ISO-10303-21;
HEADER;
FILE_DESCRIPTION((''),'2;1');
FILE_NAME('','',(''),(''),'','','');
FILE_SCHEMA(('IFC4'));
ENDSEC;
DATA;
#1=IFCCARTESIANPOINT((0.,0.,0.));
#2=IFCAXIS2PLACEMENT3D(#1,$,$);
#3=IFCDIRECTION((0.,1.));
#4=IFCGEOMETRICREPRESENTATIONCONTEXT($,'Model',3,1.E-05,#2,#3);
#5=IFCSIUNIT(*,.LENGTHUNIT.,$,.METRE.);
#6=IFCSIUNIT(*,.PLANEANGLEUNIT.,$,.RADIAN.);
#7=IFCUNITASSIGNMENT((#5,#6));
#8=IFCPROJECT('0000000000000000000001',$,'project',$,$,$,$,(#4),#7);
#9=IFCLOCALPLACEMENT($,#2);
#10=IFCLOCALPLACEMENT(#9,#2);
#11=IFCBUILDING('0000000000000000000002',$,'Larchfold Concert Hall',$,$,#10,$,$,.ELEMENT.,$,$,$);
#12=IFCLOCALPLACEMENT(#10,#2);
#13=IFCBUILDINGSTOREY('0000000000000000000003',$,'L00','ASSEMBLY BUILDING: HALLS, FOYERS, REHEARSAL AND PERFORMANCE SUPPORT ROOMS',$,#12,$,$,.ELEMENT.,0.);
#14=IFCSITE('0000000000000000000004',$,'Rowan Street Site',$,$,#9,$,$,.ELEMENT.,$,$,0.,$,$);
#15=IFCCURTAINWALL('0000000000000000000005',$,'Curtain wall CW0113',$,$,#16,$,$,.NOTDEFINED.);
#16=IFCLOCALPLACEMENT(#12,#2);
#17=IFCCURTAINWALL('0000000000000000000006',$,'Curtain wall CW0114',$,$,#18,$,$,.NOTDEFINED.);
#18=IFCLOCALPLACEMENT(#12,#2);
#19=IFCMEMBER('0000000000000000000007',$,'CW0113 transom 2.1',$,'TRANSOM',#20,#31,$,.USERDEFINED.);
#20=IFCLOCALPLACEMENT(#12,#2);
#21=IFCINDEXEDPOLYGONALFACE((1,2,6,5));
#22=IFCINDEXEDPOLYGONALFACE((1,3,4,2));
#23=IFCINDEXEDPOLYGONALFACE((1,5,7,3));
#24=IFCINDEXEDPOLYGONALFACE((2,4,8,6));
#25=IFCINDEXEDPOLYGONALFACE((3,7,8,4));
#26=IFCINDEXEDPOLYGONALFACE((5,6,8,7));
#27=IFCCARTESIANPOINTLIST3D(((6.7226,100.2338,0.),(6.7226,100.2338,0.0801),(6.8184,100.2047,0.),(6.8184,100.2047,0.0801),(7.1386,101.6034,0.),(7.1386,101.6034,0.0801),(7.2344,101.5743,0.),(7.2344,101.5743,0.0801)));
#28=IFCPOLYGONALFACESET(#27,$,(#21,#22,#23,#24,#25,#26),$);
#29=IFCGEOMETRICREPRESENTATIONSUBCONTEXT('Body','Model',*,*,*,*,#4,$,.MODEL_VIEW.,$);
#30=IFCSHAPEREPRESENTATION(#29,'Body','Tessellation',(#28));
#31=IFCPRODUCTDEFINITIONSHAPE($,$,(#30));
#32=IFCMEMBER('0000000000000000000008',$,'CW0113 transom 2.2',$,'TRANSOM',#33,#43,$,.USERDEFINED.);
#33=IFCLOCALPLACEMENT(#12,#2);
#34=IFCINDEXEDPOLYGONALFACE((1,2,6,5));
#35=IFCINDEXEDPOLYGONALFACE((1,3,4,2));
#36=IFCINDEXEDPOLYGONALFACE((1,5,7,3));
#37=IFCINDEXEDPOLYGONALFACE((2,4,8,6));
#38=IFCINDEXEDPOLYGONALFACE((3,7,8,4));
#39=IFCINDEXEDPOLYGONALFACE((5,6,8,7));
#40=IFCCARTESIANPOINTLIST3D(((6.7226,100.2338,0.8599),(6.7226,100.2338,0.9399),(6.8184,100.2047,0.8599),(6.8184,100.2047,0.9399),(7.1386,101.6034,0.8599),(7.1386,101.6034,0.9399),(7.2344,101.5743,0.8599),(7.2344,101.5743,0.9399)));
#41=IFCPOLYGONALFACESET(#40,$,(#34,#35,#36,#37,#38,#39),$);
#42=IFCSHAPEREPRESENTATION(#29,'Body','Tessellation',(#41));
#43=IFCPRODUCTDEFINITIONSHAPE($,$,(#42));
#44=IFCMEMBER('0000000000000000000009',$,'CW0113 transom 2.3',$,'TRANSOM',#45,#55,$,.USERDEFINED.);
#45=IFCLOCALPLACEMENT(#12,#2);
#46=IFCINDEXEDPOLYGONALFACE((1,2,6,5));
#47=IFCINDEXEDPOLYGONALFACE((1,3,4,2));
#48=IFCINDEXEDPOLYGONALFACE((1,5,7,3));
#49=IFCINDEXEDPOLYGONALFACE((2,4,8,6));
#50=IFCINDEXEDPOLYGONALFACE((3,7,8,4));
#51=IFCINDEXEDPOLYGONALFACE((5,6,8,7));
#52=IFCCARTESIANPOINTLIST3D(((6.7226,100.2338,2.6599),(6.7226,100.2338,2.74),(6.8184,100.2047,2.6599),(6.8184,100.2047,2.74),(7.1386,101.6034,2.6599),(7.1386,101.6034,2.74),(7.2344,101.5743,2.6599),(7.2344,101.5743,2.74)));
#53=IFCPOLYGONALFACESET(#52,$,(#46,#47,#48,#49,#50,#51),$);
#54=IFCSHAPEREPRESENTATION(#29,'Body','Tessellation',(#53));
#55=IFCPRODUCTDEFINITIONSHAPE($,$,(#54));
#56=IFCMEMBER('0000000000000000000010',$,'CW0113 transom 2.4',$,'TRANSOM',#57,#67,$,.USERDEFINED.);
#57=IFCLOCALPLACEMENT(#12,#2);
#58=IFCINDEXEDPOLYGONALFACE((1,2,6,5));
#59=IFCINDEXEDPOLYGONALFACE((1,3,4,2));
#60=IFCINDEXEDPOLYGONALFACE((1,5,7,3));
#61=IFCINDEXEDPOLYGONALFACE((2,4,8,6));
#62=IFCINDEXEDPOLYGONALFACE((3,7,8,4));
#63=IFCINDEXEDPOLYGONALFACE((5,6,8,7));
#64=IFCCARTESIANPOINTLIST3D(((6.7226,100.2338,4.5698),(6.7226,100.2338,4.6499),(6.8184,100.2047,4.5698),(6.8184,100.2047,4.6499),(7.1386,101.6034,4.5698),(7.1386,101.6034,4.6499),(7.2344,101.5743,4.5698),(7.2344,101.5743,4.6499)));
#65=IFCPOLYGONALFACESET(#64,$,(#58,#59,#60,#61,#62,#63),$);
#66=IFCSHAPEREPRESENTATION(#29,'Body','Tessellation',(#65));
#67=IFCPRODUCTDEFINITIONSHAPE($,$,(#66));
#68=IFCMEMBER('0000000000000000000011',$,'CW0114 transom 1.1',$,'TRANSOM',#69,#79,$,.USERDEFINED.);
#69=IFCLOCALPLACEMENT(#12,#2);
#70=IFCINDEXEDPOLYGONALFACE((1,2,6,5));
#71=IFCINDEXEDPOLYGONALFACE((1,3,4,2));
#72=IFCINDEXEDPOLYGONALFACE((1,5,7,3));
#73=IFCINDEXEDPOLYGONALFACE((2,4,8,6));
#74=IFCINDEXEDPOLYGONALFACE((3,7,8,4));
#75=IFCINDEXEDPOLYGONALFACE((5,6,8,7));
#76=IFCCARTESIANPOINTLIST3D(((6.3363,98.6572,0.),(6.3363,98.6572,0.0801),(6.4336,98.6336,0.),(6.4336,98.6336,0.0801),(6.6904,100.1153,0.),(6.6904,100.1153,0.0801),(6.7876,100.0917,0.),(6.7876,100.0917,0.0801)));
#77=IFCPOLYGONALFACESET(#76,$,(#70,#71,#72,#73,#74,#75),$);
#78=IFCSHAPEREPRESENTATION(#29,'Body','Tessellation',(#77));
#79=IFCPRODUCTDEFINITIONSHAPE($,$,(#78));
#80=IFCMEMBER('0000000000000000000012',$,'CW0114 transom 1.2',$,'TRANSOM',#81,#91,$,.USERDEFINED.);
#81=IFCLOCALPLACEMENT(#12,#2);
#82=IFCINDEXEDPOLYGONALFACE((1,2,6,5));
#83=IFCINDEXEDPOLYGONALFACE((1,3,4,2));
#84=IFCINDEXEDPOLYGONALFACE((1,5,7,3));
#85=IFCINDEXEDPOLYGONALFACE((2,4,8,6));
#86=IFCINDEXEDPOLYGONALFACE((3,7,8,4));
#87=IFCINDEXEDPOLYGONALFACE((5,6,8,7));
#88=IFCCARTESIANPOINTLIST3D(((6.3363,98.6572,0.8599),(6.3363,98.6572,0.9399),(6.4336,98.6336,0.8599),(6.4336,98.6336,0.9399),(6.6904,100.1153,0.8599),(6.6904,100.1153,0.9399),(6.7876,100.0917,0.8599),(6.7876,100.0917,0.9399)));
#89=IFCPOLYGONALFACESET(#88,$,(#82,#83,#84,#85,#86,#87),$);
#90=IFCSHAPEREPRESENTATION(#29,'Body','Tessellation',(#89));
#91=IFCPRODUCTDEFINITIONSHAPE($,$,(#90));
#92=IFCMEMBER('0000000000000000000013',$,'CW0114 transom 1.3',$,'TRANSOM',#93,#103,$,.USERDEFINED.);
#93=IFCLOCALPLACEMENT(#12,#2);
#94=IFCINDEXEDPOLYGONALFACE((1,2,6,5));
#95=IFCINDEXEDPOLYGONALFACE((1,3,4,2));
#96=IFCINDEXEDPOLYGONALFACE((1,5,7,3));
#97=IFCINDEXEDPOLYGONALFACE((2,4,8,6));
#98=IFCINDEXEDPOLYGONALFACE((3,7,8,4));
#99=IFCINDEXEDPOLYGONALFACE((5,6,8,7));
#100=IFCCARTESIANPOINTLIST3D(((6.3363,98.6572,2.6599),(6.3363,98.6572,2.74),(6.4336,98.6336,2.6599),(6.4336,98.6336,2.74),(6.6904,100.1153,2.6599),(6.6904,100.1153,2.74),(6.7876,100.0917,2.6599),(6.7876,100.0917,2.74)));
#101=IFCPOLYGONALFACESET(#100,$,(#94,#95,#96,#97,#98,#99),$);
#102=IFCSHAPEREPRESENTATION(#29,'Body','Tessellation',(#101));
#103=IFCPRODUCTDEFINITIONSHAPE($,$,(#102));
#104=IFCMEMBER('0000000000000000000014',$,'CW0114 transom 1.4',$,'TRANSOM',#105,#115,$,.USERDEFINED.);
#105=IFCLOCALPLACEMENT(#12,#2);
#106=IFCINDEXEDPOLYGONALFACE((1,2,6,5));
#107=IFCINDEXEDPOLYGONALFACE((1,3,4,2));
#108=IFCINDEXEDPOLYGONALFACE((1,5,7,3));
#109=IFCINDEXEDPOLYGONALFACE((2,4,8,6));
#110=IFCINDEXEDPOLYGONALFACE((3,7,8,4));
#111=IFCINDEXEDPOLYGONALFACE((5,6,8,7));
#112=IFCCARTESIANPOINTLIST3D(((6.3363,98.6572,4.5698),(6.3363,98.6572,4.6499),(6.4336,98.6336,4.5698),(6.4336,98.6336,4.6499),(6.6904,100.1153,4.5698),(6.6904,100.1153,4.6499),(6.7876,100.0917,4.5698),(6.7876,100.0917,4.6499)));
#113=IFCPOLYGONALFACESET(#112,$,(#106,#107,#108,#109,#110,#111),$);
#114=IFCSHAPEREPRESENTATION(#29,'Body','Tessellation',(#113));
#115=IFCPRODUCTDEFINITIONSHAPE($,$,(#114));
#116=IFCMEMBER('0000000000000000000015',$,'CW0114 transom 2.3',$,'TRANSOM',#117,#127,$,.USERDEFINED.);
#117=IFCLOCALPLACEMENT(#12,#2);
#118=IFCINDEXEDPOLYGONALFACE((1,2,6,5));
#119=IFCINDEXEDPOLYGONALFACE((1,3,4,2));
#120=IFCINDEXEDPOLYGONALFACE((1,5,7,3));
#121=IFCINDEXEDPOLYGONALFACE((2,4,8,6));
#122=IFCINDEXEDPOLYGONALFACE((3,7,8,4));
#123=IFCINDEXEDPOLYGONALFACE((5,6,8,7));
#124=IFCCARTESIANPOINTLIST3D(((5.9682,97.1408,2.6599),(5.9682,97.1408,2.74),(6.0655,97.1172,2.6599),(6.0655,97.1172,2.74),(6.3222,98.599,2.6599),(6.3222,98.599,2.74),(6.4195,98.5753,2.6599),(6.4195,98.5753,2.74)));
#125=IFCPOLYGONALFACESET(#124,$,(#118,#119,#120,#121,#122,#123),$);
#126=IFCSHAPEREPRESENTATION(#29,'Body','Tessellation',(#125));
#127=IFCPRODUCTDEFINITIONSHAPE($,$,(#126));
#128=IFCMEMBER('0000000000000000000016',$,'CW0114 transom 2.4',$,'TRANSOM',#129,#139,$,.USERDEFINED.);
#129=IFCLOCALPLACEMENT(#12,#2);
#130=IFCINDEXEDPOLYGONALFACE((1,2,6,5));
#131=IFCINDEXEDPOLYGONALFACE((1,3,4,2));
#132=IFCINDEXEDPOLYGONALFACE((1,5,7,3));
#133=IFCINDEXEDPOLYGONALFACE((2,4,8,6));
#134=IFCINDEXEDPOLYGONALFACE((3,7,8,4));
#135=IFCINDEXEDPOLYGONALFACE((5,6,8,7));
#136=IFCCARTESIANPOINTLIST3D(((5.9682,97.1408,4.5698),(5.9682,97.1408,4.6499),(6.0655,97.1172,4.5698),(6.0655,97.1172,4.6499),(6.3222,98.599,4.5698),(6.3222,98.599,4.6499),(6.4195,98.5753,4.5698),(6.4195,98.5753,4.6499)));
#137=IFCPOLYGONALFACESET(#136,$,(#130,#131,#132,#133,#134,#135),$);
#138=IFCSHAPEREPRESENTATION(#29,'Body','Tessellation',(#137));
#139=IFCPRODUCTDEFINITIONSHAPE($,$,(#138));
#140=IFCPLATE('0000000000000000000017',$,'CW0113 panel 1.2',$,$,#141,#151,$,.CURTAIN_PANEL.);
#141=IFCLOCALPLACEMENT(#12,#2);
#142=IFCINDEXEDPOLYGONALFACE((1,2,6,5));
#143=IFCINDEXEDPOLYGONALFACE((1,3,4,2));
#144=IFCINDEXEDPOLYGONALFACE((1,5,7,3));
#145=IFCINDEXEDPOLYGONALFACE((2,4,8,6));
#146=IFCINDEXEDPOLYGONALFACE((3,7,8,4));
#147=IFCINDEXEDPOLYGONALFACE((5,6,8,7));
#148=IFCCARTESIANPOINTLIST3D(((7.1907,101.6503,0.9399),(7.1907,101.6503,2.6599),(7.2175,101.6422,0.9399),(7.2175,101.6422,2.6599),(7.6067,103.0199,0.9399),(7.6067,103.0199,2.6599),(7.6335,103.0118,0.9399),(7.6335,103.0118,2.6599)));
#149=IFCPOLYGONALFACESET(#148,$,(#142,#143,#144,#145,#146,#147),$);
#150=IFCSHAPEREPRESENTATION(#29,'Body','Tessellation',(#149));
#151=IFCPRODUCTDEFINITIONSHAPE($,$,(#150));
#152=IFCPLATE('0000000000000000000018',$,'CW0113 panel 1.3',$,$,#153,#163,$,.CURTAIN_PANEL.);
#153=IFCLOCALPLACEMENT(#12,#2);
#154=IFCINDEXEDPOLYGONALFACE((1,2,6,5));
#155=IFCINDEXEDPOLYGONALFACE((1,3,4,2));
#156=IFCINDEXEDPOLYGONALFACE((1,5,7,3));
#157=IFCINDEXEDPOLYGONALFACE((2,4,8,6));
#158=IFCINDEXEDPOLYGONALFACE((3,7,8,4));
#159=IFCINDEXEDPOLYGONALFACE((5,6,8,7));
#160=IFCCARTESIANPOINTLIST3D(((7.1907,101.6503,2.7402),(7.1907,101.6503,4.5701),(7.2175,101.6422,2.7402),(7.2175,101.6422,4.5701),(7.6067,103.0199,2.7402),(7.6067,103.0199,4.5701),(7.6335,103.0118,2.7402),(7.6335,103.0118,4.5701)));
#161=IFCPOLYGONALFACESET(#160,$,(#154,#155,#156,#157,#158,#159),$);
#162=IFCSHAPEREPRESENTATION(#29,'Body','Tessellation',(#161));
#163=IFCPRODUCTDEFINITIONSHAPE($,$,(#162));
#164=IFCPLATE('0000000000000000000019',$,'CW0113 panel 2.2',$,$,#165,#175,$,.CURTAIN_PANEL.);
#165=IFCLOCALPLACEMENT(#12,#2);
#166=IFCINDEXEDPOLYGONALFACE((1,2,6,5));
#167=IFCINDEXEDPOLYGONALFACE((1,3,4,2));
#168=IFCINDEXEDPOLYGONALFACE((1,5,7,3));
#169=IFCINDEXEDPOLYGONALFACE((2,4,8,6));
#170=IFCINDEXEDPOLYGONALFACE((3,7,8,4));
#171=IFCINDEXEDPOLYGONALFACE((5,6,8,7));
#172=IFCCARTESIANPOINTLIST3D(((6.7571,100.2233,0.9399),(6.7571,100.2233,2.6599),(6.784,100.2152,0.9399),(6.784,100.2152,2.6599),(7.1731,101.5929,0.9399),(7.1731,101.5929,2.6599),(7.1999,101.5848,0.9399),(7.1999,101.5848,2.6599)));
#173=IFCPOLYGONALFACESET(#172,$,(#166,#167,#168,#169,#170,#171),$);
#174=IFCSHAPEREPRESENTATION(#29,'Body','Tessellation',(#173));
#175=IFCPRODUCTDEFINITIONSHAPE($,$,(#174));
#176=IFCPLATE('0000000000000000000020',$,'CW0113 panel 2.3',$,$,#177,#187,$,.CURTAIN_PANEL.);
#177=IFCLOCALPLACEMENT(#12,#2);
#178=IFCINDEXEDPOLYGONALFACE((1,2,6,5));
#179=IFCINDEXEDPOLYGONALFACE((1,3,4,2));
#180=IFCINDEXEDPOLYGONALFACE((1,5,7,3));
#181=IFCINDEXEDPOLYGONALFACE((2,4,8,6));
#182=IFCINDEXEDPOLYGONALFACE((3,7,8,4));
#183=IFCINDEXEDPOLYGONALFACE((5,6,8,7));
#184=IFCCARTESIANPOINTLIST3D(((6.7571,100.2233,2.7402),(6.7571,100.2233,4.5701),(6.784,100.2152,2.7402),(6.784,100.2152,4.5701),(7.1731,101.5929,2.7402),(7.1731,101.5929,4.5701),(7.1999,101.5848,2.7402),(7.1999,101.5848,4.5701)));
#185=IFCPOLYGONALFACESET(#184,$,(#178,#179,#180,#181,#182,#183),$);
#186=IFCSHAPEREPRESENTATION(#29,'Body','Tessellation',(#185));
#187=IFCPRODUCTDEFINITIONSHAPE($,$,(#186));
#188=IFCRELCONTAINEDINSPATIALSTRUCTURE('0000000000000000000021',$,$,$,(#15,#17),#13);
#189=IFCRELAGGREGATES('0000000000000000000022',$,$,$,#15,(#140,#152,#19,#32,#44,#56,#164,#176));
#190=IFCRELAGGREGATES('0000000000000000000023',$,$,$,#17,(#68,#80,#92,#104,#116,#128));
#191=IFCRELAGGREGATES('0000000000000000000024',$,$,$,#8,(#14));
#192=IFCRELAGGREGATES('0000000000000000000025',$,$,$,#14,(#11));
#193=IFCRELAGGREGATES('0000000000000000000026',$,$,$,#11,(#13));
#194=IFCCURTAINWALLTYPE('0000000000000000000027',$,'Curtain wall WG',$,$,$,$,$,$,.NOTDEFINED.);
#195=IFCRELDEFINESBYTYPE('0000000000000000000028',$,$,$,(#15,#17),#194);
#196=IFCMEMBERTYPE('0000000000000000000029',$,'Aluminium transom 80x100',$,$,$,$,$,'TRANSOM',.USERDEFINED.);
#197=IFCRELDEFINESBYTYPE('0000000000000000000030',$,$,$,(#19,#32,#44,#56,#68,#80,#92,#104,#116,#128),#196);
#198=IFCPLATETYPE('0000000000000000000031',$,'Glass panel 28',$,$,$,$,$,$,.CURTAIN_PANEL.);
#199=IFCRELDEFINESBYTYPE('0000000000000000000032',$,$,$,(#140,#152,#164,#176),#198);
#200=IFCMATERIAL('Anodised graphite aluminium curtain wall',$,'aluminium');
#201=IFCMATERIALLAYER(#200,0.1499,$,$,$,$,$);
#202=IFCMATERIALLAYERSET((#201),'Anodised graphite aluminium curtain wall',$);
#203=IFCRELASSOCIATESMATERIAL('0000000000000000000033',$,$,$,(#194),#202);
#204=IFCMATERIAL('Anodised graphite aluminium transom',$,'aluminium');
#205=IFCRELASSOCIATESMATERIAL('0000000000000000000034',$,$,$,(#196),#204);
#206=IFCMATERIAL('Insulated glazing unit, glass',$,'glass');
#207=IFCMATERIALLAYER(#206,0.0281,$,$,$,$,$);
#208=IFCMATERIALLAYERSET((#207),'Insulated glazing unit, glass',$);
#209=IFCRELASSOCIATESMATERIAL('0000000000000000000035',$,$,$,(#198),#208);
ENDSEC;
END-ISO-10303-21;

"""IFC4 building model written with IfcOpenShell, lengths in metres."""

from ifc_helpers import new_model, si_unit, direction, frame, origin, origin_2d, place, context, subcontext, project, spatial, rectangle, extrude, material, layer, layer_set, material_profile, profile_set, type_object, element, aggregate, save


model = new_model("IFC4")

# Units and contexts
model_context = context("Model", 3, precision=1e-05, world=origin(), true_north=direction((0.0, 1.0)))
body_context = subcontext(model_context, "Body", "Model", "MODEL_VIEW")
ifc_project = project(units=[si_unit("LENGTHUNIT", "METRE"), si_unit("PLANEANGLEUNIT", "RADIAN")], contexts=[model_context])

# Site, building, storey
site_placement = place(None, origin())
site = spatial("IfcSite", under=ifc_project, at=site_placement, Name="Rowan Street Site", CompositionType="ELEMENT", RefElevation=0.0)
building_placement = place(site_placement, origin())
building = spatial("IfcBuilding", under=site, at=building_placement, Name="Larchfold Concert Hall", CompositionType="ELEMENT")
storey_placement = place(building_placement, origin())
storey = spatial("IfcBuildingStorey", under=building, at=storey_placement, Name="L00", Description="ASSEMBLY BUILDING: HALLS, FOYERS, REHEARSAL AND PERFORMANCE SUPPORT ROOMS", CompositionType="ELEMENT", Elevation=0.0)

# Shared definitions
ifc_material_1 = material(Name="Anodised graphite aluminium curtain wall", Category="aluminium")
ifc_layer_1 = layer(ifc_material_1, 0.1499)
ifc_layer_set_1 = layer_set([ifc_layer_1], Name="Anodised graphite aluminium curtain wall")
curtain_wall_type = type_object("IfcCurtainWallType", Name="Curtain wall WG", PredefinedType="NOTDEFINED", material=ifc_layer_set_1)

# Curtain walls
curtain_wall_1_placement = place(storey_placement, origin())
curtain_wall_1 = element("IfcCurtainWall", 1, at=curtain_wall_1_placement, inside=storey, type_object=curtain_wall_type, Name="Curtain wall CW0113", PredefinedType="NOTDEFINED")
curtain_wall_2_placement = place(storey_placement, origin())
curtain_wall_2 = element("IfcCurtainWall", 2, at=curtain_wall_2_placement, inside=storey, type_object=curtain_wall_type, Name="Curtain wall CW0114", PredefinedType="NOTDEFINED")

# Members
ifc_material_2 = material(Name="Anodised graphite aluminium transom", Category="aluminium")
ifc_material_profile_1 = material_profile(ifc_material_2, rectangle(XDim=0.1001, YDim=0.0801, at=origin_2d()))
ifc_profile_set_1 = profile_set([ifc_material_profile_1], Name="Anodised graphite aluminium transom")
member_type_1 = type_object("IfcMemberType", Name="Aluminium transom 80x100", ElementType="TRANSOM", PredefinedType="USERDEFINED", material=ifc_profile_set_1)
member_1_placement = place(storey_placement, frame((7.1865, 101.5889, 0.04), z_axis=(-0.290632, -0.956835, 0.0), x_axis=(0.956835, -0.290632, 0.0)))
member_1 = element("IfcMember", 3, at=member_1_placement, type_object=member_type_1, Name="CW0113 transom 2.1", ObjectType="TRANSOM", PredefinedType="USERDEFINED", context=body_context, shape_type="SweptSolid", body=[
    extrude(rectangle(XDim=0.1001, YDim=0.0801, at=origin_2d()), origin(), (0.0, 0.0, 1.0), 1.4314),
])
member_2_placement = place(storey_placement, frame((7.1865, 101.5889, 0.8999), z_axis=(-0.290632, -0.956835, 0.0), x_axis=(0.956835, -0.290632, 0.0)))
member_2 = element("IfcMember", 4, at=member_2_placement, type_object=member_type_1, Name="CW0113 transom 2.2", ObjectType="TRANSOM", PredefinedType="USERDEFINED", context=body_context, shape_type="SweptSolid", body=[
    extrude(rectangle(XDim=0.1001, YDim=0.0801, at=origin_2d()), origin(), (0.0, 0.0, 1.0), 1.4314),
])
member_3_placement = place(storey_placement, frame((7.1865, 101.5889, 2.7), z_axis=(-0.290632, -0.956835, 0.0), x_axis=(0.956835, -0.290632, 0.0)))
member_3 = element("IfcMember", 5, at=member_3_placement, type_object=member_type_1, Name="CW0113 transom 2.3", ObjectType="TRANSOM", PredefinedType="USERDEFINED", context=body_context, shape_type="SweptSolid", body=[
    extrude(rectangle(XDim=0.1001, YDim=0.0801, at=origin_2d()), origin(), (0.0, 0.0, 1.0), 1.4314),
])
member_4_placement = place(storey_placement, frame((7.1865, 101.5889, 4.6099), z_axis=(-0.290632, -0.956835, 0.0), x_axis=(0.956835, -0.290632, 0.0)))
member_4 = element("IfcMember", 6, at=member_4_placement, type_object=member_type_1, Name="CW0113 transom 2.4", ObjectType="TRANSOM", PredefinedType="USERDEFINED", context=body_context, shape_type="SweptSolid", body=[
    extrude(rectangle(XDim=0.1001, YDim=0.0801, at=origin_2d()), origin(), (0.0, 0.0, 1.0), 1.4314),
])
member_5_placement = place(storey_placement, frame((6.739, 100.1035, 0.04), z_axis=(-0.235945, -0.971766, 0.0), x_axis=(0.971766, -0.235945, 0.0)))
member_5 = element("IfcMember", 7, at=member_5_placement, type_object=member_type_1, Name="CW0114 transom 1.1", ObjectType="TRANSOM", PredefinedType="USERDEFINED", context=body_context, shape_type="SweptSolid", body=[
    extrude(rectangle(XDim=0.1001, YDim=0.0801, at=origin_2d()), origin(), (0.0, 0.0, 1.0), 1.5005),
])
member_6_placement = place(storey_placement, frame((6.739, 100.1035, 0.8999), z_axis=(-0.235945, -0.971766, 0.0), x_axis=(0.971766, -0.235945, 0.0)))
member_6 = element("IfcMember", 8, at=member_6_placement, type_object=member_type_1, Name="CW0114 transom 1.2", ObjectType="TRANSOM", PredefinedType="USERDEFINED", context=body_context, shape_type="SweptSolid", body=[
    extrude(rectangle(XDim=0.1001, YDim=0.0801, at=origin_2d()), origin(), (0.0, 0.0, 1.0), 1.5005),
])
member_7_placement = place(storey_placement, frame((6.739, 100.1035, 2.7), z_axis=(-0.235945, -0.971766, 0.0), x_axis=(0.971766, -0.235945, 0.0)))
member_7 = element("IfcMember", 9, at=member_7_placement, type_object=member_type_1, Name="CW0114 transom 1.3", ObjectType="TRANSOM", PredefinedType="USERDEFINED", context=body_context, shape_type="SweptSolid", body=[
    extrude(rectangle(XDim=0.1001, YDim=0.0801, at=origin_2d()), origin(), (0.0, 0.0, 1.0), 1.5005),
])
member_8_placement = place(storey_placement, frame((6.739, 100.1035, 4.6099), z_axis=(-0.235945, -0.971766, 0.0), x_axis=(0.971766, -0.235945, 0.0)))
member_8 = element("IfcMember", 10, at=member_8_placement, type_object=member_type_1, Name="CW0114 transom 1.4", ObjectType="TRANSOM", PredefinedType="USERDEFINED", context=body_context, shape_type="SweptSolid", body=[
    extrude(rectangle(XDim=0.1001, YDim=0.0801, at=origin_2d()), origin(), (0.0, 0.0, 1.0), 1.5005),
])
member_9_placement = place(storey_placement, frame((6.3708, 98.5872, 2.7), z_axis=(-0.235945, -0.971766, 0.0), x_axis=(0.971766, -0.235945, 0.0)))
member_9 = element("IfcMember", 11, at=member_9_placement, type_object=member_type_1, Name="CW0114 transom 2.3", ObjectType="TRANSOM", PredefinedType="USERDEFINED", context=body_context, shape_type="SweptSolid", body=[
    extrude(rectangle(XDim=0.1001, YDim=0.0801, at=origin_2d()), origin(), (0.0, 0.0, 1.0), 1.5005),
])
member_10_placement = place(storey_placement, frame((6.3708, 98.5872, 4.6099), z_axis=(-0.235945, -0.971766, 0.0), x_axis=(0.971766, -0.235945, 0.0)))
member_10 = element("IfcMember", 12, at=member_10_placement, type_object=member_type_1, Name="CW0114 transom 2.4", ObjectType="TRANSOM", PredefinedType="USERDEFINED", context=body_context, shape_type="SweptSolid", body=[
    extrude(rectangle(XDim=0.1001, YDim=0.0801, at=origin_2d()), origin(), (0.0, 0.0, 1.0), 1.5005),
])

# Plates
ifc_material_3 = material(Name="Insulated glazing unit, glass", Category="glass")
ifc_layer_2 = layer(ifc_material_3, 0.0281)
ifc_layer_set_2 = layer_set([ifc_layer_2], Name="Insulated glazing unit, glass")
plate_type_1 = type_object("IfcPlateType", Name="Glass panel 28", PredefinedType="CURTAIN_PANEL", material=ifc_layer_set_2)
plate_1_placement = place(storey_placement, frame((7.4121, 102.3311, 0.9399), z_axis=(0.0, 0.0, 1.0), x_axis=(-0.290622, -0.956838, 0.0)))
plate_1 = element("IfcPlate", 13, at=plate_1_placement, type_object=plate_type_1, Name="CW0113 panel 1.2", PredefinedType="CURTAIN_PANEL", context=body_context, shape_type="SweptSolid", body=[
    extrude(rectangle(XDim=1.4314, YDim=0.0281, at=origin_2d()), origin(), (0.0, 0.0, 1.0), 1.72),
])
plate_2_placement = place(storey_placement, frame((7.4121, 102.3311, 2.7402), z_axis=(0.0, 0.0, 1.0), x_axis=(-0.290622, -0.956838, 0.0)))
plate_2 = element("IfcPlate", 14, at=plate_2_placement, type_object=plate_type_1, Name="CW0113 panel 1.3", PredefinedType="CURTAIN_PANEL", context=body_context, shape_type="SweptSolid", body=[
    extrude(rectangle(XDim=1.4314, YDim=0.0281, at=origin_2d()), origin(), (0.0, 0.0, 1.0), 1.8298),
])
plate_3_placement = place(storey_placement, frame((6.9785, 100.9041, 0.9399), z_axis=(0.0, 0.0, 1.0), x_axis=(-0.290622, -0.956838, 0.0)))
plate_3 = element("IfcPlate", 15, at=plate_3_placement, type_object=plate_type_1, Name="CW0113 panel 2.2", PredefinedType="CURTAIN_PANEL", context=body_context, shape_type="SweptSolid", body=[
    extrude(rectangle(XDim=1.4314, YDim=0.0281, at=origin_2d()), origin(), (0.0, 0.0, 1.0), 1.72),
])
plate_4_placement = place(storey_placement, frame((6.9785, 100.9041, 2.7402), z_axis=(0.0, 0.0, 1.0), x_axis=(-0.290622, -0.956838, 0.0)))
plate_4 = element("IfcPlate", 16, at=plate_4_placement, type_object=plate_type_1, Name="CW0113 panel 2.3", PredefinedType="CURTAIN_PANEL", context=body_context, shape_type="SweptSolid", body=[
    extrude(rectangle(XDim=1.4314, YDim=0.0281, at=origin_2d()), origin(), (0.0, 0.0, 1.0), 1.8298),
])
aggregate(curtain_wall_1, [plate_1, plate_2, member_1, member_2, member_3, member_4, plate_3, plate_4])
aggregate(curtain_wall_2, [member_5, member_6, member_7, member_8, member_9, member_10])

save(model, "model.ifc")
